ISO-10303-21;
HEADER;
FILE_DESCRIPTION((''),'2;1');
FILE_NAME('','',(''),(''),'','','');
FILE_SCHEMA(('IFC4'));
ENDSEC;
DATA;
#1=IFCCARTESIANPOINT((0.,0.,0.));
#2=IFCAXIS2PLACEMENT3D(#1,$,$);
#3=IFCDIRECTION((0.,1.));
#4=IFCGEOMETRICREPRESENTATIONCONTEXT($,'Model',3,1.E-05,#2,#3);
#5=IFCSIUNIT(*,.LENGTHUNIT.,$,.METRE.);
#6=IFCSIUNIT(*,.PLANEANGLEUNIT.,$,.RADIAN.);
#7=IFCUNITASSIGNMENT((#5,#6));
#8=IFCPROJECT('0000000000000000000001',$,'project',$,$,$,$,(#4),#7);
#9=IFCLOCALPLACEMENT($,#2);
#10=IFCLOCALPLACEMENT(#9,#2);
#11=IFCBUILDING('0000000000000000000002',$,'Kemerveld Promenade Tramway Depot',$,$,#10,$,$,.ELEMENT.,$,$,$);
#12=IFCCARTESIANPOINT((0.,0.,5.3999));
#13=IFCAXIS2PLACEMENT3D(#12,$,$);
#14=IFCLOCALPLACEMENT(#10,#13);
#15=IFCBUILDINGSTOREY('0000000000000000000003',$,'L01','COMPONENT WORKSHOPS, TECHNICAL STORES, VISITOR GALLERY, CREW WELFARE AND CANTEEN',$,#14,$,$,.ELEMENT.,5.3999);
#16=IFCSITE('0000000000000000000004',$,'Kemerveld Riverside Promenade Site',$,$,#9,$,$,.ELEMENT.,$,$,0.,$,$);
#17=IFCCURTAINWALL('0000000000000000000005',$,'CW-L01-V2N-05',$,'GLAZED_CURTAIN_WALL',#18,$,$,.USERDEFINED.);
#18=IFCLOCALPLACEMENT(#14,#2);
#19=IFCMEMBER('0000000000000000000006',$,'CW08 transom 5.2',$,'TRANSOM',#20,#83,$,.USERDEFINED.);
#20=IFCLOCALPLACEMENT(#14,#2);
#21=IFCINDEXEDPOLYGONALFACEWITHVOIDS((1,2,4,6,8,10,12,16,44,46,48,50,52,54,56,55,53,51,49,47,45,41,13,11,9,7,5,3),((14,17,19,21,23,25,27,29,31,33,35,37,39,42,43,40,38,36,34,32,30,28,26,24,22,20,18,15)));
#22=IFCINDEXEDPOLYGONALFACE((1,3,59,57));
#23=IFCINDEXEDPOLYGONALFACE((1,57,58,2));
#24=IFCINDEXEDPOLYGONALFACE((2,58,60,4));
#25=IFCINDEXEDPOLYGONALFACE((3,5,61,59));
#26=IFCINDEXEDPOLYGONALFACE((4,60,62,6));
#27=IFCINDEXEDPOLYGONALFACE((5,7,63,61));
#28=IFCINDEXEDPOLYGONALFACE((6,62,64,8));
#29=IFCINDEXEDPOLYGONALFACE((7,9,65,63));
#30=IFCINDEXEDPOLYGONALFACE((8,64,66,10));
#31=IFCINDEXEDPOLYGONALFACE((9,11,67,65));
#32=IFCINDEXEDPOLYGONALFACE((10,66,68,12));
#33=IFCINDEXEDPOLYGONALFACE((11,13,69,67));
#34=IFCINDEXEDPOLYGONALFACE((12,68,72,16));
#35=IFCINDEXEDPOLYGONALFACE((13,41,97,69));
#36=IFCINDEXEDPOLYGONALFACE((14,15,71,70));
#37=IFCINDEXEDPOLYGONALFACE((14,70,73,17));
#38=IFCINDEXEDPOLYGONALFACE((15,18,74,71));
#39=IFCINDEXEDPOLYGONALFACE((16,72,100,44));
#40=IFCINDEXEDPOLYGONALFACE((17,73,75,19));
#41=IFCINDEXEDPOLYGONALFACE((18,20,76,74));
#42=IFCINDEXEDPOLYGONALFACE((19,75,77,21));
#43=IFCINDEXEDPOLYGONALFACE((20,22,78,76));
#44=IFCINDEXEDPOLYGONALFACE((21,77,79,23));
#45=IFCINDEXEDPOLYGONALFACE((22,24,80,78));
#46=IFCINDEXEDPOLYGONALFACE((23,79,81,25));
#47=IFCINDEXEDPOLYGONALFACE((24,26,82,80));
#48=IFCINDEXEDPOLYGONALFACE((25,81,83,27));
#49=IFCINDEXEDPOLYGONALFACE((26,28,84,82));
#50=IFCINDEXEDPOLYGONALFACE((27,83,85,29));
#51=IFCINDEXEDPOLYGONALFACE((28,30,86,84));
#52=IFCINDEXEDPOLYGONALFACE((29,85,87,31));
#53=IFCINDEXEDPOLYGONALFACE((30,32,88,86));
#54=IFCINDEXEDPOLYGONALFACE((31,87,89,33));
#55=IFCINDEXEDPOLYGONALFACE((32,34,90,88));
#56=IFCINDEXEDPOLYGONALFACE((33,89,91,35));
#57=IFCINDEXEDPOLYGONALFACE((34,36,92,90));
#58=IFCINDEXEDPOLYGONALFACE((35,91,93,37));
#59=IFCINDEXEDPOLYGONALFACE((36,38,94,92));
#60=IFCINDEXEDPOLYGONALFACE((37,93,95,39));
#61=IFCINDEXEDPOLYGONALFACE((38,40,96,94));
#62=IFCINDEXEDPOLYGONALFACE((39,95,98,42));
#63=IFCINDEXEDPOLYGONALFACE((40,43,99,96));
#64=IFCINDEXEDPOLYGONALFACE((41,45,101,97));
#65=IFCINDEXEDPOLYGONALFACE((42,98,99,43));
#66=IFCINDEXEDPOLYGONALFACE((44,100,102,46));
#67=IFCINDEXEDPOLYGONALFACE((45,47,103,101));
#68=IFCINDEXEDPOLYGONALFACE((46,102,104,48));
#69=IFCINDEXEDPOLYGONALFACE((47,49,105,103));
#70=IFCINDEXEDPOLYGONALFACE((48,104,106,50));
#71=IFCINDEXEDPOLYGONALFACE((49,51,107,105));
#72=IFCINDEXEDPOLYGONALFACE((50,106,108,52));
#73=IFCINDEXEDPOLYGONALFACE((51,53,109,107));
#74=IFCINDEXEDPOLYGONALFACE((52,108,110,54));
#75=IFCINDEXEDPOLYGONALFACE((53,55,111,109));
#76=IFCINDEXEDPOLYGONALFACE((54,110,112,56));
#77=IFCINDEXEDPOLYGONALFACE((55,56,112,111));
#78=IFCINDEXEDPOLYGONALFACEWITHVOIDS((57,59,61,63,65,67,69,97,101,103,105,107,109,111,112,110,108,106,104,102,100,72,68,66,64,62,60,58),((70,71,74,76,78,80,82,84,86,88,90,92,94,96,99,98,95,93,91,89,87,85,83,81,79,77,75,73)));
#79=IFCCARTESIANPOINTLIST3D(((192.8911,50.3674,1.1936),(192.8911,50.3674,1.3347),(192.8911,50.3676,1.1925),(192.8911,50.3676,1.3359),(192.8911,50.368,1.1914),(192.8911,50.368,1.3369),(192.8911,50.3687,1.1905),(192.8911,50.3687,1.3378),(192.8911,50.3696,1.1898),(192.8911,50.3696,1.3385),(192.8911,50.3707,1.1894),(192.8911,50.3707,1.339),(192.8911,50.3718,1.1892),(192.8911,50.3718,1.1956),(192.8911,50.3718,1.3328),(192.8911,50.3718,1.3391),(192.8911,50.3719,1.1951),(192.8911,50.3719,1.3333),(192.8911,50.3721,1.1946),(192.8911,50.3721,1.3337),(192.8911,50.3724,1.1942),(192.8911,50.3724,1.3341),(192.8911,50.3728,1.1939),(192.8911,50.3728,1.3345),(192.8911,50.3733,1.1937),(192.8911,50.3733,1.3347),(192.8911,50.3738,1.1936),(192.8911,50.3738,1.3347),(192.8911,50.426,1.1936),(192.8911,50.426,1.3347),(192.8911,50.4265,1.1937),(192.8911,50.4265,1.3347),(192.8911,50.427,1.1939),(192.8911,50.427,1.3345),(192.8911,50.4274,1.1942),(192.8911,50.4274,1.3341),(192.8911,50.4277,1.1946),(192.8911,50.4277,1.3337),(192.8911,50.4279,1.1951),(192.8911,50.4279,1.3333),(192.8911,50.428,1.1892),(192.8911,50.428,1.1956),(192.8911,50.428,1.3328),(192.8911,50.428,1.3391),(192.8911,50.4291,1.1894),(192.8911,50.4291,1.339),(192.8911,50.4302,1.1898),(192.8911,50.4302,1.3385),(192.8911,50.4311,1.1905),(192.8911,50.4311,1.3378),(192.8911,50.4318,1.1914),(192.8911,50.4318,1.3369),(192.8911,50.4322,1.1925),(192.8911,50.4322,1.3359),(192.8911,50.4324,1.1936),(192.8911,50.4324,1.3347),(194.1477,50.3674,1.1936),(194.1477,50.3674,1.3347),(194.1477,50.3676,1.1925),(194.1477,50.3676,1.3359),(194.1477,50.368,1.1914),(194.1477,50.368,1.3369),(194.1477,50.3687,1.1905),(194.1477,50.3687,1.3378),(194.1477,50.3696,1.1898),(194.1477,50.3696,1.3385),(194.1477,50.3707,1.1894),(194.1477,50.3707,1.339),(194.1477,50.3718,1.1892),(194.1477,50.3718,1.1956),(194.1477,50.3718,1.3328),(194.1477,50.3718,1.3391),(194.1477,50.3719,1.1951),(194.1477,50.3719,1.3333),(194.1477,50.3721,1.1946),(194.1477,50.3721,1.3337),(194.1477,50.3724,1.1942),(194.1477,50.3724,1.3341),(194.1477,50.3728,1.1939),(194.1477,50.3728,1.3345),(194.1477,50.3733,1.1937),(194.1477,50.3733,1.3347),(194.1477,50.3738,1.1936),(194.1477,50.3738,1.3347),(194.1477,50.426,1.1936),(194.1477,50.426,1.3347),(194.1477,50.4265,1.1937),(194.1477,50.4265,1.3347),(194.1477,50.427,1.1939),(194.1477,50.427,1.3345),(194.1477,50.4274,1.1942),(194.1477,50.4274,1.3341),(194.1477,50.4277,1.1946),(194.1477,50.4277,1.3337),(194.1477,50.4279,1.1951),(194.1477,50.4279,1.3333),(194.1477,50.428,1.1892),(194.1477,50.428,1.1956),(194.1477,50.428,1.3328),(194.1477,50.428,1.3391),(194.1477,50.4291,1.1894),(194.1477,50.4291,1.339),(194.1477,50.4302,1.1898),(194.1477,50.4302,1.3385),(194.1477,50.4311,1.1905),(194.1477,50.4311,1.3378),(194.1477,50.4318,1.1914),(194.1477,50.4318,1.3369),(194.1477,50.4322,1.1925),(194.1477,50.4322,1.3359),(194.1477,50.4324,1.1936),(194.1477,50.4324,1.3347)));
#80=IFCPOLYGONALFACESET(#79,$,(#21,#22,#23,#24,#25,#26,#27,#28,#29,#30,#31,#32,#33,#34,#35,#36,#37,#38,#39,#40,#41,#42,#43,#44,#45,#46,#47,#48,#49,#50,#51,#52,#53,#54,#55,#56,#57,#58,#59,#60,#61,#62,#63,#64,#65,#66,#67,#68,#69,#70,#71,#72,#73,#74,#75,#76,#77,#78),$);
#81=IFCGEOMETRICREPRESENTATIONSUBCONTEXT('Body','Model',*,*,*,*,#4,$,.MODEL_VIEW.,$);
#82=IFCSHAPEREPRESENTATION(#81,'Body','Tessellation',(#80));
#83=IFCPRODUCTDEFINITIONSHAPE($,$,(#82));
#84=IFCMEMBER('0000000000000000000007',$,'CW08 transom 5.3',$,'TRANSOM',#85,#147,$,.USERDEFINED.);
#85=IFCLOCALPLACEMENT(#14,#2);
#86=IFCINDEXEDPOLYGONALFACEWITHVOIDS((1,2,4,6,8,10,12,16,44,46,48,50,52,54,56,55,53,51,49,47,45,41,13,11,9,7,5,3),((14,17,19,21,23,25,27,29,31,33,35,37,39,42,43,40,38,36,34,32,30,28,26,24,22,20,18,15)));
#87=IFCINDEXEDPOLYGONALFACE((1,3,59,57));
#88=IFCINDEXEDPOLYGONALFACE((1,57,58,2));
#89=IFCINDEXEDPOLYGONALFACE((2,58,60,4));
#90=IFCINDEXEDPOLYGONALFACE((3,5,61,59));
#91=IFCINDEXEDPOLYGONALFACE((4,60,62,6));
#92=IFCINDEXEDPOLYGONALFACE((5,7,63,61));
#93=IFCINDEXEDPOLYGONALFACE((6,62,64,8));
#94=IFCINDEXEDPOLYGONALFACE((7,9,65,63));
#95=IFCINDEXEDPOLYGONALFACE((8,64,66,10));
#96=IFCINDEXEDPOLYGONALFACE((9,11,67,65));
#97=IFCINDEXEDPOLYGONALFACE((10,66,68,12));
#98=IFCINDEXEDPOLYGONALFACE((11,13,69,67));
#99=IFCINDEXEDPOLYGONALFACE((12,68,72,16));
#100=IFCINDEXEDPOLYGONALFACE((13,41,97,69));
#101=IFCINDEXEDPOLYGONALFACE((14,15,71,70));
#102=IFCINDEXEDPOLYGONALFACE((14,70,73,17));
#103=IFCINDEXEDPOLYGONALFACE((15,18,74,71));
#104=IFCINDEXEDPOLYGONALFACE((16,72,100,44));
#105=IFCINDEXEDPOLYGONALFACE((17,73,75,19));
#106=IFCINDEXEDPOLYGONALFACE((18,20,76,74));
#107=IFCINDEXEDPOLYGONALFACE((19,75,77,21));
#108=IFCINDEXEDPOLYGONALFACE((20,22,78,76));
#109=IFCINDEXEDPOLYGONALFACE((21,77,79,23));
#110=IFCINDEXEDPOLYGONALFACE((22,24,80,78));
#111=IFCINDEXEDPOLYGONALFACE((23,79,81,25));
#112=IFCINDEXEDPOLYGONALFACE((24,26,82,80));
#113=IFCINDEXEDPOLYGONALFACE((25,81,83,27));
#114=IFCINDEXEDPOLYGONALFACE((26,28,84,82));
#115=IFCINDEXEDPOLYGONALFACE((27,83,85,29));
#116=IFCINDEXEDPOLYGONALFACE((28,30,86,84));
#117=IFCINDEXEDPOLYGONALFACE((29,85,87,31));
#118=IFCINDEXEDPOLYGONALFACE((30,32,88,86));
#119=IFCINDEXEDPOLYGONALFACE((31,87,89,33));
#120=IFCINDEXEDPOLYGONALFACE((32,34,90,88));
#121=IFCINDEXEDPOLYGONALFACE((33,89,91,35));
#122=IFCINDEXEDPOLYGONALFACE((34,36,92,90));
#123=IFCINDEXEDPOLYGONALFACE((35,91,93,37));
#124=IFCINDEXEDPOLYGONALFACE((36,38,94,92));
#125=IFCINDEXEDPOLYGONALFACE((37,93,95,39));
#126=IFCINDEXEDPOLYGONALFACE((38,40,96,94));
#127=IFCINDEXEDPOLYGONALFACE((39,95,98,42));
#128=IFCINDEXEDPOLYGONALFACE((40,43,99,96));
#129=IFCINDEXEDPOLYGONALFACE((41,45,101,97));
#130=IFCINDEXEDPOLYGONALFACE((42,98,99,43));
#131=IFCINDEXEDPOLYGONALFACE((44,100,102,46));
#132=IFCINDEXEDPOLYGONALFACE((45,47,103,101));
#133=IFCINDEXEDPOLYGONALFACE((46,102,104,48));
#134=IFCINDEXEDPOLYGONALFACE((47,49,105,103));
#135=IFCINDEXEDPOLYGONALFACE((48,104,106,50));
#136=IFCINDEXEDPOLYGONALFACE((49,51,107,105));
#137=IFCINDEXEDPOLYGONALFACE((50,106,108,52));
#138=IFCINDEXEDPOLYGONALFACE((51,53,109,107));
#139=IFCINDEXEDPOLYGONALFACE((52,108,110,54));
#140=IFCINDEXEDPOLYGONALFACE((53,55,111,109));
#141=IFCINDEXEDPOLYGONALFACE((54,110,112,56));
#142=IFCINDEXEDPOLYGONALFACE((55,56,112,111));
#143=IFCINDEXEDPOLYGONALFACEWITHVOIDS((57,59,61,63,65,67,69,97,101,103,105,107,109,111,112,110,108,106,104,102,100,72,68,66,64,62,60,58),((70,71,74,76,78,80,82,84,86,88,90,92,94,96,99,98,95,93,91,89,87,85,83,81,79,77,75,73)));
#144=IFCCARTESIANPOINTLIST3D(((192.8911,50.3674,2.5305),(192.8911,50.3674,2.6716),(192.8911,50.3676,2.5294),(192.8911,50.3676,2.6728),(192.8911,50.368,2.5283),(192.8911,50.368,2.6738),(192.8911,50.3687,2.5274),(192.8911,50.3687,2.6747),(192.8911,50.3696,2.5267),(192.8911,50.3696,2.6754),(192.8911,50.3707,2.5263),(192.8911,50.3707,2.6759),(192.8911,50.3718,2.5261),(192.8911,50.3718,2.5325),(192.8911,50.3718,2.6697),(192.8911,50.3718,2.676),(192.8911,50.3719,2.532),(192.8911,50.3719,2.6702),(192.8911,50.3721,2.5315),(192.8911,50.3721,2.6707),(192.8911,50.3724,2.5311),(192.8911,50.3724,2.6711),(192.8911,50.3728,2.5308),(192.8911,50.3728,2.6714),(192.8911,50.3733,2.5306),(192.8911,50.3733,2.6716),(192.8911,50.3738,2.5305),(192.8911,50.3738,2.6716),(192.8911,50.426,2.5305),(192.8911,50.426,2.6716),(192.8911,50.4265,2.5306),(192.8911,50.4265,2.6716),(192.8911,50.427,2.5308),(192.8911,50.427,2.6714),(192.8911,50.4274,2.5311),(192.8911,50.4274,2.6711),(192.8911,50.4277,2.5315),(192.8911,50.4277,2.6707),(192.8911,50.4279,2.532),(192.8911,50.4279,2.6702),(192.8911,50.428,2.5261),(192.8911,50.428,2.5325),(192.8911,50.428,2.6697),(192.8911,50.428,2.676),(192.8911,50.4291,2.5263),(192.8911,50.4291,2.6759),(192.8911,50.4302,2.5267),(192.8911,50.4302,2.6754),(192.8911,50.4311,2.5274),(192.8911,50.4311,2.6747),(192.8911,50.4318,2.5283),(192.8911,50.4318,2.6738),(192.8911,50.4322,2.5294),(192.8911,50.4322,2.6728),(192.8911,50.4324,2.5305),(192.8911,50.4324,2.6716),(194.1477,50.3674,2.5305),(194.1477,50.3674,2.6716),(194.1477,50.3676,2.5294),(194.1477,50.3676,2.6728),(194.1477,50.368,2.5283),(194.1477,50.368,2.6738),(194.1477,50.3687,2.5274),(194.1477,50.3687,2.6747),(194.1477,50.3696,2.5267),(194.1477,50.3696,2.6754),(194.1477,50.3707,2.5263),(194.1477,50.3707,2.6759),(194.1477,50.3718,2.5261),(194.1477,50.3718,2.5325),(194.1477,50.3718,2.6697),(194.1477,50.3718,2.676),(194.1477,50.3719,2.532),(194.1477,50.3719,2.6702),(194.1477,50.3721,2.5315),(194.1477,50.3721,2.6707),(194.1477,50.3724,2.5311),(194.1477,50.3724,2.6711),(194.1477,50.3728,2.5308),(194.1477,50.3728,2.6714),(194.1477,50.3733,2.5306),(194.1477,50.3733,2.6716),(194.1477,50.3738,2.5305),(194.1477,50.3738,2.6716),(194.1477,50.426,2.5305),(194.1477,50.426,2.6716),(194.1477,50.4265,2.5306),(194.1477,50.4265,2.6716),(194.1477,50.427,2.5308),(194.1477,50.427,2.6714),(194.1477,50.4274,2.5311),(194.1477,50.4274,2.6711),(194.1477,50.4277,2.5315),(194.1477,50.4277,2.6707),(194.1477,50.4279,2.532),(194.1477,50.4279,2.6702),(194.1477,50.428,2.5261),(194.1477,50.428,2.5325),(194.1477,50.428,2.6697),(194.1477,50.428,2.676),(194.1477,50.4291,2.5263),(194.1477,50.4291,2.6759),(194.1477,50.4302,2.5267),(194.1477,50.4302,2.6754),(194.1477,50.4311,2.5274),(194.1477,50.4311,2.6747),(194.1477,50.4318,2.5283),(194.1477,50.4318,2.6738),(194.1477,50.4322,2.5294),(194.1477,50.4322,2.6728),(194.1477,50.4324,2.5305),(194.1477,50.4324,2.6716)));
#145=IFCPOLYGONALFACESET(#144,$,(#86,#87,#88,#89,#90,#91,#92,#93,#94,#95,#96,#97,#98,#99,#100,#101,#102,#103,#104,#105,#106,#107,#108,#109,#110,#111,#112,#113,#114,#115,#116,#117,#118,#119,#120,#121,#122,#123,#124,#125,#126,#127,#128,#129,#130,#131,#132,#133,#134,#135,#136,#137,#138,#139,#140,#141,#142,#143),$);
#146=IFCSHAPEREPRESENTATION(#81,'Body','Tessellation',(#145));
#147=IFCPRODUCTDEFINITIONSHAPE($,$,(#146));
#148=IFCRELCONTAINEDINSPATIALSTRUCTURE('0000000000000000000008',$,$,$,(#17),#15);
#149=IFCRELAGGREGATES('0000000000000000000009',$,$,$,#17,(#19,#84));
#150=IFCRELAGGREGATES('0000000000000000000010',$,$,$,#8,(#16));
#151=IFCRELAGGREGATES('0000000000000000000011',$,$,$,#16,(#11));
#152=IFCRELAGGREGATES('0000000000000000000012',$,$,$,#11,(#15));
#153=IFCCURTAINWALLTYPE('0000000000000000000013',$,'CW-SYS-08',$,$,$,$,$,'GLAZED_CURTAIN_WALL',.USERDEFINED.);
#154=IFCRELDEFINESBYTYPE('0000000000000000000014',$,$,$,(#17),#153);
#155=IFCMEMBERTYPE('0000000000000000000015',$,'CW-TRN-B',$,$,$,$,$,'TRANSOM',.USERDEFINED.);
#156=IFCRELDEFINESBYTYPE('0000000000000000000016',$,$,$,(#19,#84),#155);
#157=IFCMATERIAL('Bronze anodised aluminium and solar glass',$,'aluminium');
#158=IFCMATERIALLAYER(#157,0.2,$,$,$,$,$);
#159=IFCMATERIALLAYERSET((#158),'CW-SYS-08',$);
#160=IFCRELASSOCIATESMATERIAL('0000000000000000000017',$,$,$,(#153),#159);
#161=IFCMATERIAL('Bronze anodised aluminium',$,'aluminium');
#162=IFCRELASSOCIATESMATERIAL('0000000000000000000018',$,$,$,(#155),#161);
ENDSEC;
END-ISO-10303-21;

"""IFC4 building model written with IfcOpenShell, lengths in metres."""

from ifc_helpers import new_model, si_unit, direction, frame, origin, origin_2d, place, context, subcontext, project, spatial, hollow_rectangle, extrude, material, layer, layer_set, material_profile, profile_set, type_object, element, aggregate, save


model = new_model("IFC4")

# Units and contexts
model_context = context("Model", 3, precision=1e-05, world=origin(), true_north=direction((0.0, 1.0)))
body_context = subcontext(model_context, "Body", "Model", "MODEL_VIEW")
ifc_project = project(units=[si_unit("LENGTHUNIT", "METRE"), si_unit("PLANEANGLEUNIT", "RADIAN")], contexts=[model_context])

# Site, building, storey
site_placement = place(None, origin())
site = spatial("IfcSite", under=ifc_project, at=site_placement, Name="Kemerveld Riverside Promenade Site", CompositionType="ELEMENT", RefElevation=0.0)
building_placement = place(site_placement, origin())
building = spatial("IfcBuilding", under=site, at=building_placement, Name="Kemerveld Promenade Tramway Depot", CompositionType="ELEMENT")
storey_placement = place(building_placement, frame((0.0, 0.0, 5.3999)))
storey = spatial("IfcBuildingStorey", under=building, at=storey_placement, Name="L01", Description="COMPONENT WORKSHOPS, TECHNICAL STORES, VISITOR GALLERY, CREW WELFARE AND CANTEEN", CompositionType="ELEMENT", Elevation=5.3999)

# Curtain wall
ifc_material_1 = material(Name="Bronze anodised aluminium and solar glass", Category="aluminium")
ifc_layer_1 = layer(ifc_material_1, 0.2)
ifc_layer_set_1 = layer_set([ifc_layer_1], Name="CW-SYS-08")
curtain_wall_type_1 = type_object("IfcCurtainWallType", Name="CW-SYS-08", ElementType="GLAZED_CURTAIN_WALL", PredefinedType="USERDEFINED", material=ifc_layer_set_1)
curtain_wall_1_placement = place(storey_placement, origin())
curtain_wall_1 = element("IfcCurtainWall", 1, at=curtain_wall_1_placement, inside=storey, type_object=curtain_wall_type_1, Name="CW-L01-V2N-05", ObjectType="GLAZED_CURTAIN_WALL", PredefinedType="USERDEFINED")
ifc_material_2 = material(Name="Bronze anodised aluminium", Category="aluminium")

# Members
ifc_material_profile_1 = material_profile(ifc_material_2, hollow_rectangle(XDim=0.0649, YDim=0.1499, WallThickness=0.0044, InnerFilletRadius=0.002, OuterFilletRadius=0.0044, at=origin_2d()), Name="CW-TRN-150x65")
ifc_profile_set_1 = profile_set([ifc_material_profile_1], Name="Bronze anodised aluminium")
member_type_1 = type_object("IfcMemberType", Name="CW-TRN-B", ElementType="TRANSOM", PredefinedType="USERDEFINED", material=ifc_profile_set_1)
member_1_placement = place(storey_placement, frame((192.8911, 50.3999, 1.2642), z_axis=(1.0, 0.0, 0.0), x_axis=(0.0, 1.0, 0.0)))
member_1 = element("IfcMember", 2, at=member_1_placement, type_object=member_type_1, Name="CW08 transom 5.2", ObjectType="TRANSOM", PredefinedType="USERDEFINED", context=body_context, shape_type="SweptSolid", body=[
    extrude(hollow_rectangle(XDim=0.0649, YDim=0.1499, WallThickness=0.0044, InnerFilletRadius=0.002, OuterFilletRadius=0.0044, at=origin_2d()), origin(), (0.0, 0.0, 1.0), 1.2566),
])
member_2_placement = place(storey_placement, frame((192.8911, 50.3999, 2.6011), z_axis=(1.0, 0.0, 0.0), x_axis=(0.0, 1.0, 0.0)))
member_2 = element("IfcMember", 3, at=member_2_placement, type_object=member_type_1, Name="CW08 transom 5.3", ObjectType="TRANSOM", PredefinedType="USERDEFINED", context=body_context, shape_type="SweptSolid", body=[
    extrude(hollow_rectangle(XDim=0.0649, YDim=0.1499, WallThickness=0.0044, InnerFilletRadius=0.002, OuterFilletRadius=0.0044, at=origin_2d()), origin(), (0.0, 0.0, 1.0), 1.2566),
])

aggregate(curtain_wall_1, [member_1, member_2])

save(model, "model.ifc")
